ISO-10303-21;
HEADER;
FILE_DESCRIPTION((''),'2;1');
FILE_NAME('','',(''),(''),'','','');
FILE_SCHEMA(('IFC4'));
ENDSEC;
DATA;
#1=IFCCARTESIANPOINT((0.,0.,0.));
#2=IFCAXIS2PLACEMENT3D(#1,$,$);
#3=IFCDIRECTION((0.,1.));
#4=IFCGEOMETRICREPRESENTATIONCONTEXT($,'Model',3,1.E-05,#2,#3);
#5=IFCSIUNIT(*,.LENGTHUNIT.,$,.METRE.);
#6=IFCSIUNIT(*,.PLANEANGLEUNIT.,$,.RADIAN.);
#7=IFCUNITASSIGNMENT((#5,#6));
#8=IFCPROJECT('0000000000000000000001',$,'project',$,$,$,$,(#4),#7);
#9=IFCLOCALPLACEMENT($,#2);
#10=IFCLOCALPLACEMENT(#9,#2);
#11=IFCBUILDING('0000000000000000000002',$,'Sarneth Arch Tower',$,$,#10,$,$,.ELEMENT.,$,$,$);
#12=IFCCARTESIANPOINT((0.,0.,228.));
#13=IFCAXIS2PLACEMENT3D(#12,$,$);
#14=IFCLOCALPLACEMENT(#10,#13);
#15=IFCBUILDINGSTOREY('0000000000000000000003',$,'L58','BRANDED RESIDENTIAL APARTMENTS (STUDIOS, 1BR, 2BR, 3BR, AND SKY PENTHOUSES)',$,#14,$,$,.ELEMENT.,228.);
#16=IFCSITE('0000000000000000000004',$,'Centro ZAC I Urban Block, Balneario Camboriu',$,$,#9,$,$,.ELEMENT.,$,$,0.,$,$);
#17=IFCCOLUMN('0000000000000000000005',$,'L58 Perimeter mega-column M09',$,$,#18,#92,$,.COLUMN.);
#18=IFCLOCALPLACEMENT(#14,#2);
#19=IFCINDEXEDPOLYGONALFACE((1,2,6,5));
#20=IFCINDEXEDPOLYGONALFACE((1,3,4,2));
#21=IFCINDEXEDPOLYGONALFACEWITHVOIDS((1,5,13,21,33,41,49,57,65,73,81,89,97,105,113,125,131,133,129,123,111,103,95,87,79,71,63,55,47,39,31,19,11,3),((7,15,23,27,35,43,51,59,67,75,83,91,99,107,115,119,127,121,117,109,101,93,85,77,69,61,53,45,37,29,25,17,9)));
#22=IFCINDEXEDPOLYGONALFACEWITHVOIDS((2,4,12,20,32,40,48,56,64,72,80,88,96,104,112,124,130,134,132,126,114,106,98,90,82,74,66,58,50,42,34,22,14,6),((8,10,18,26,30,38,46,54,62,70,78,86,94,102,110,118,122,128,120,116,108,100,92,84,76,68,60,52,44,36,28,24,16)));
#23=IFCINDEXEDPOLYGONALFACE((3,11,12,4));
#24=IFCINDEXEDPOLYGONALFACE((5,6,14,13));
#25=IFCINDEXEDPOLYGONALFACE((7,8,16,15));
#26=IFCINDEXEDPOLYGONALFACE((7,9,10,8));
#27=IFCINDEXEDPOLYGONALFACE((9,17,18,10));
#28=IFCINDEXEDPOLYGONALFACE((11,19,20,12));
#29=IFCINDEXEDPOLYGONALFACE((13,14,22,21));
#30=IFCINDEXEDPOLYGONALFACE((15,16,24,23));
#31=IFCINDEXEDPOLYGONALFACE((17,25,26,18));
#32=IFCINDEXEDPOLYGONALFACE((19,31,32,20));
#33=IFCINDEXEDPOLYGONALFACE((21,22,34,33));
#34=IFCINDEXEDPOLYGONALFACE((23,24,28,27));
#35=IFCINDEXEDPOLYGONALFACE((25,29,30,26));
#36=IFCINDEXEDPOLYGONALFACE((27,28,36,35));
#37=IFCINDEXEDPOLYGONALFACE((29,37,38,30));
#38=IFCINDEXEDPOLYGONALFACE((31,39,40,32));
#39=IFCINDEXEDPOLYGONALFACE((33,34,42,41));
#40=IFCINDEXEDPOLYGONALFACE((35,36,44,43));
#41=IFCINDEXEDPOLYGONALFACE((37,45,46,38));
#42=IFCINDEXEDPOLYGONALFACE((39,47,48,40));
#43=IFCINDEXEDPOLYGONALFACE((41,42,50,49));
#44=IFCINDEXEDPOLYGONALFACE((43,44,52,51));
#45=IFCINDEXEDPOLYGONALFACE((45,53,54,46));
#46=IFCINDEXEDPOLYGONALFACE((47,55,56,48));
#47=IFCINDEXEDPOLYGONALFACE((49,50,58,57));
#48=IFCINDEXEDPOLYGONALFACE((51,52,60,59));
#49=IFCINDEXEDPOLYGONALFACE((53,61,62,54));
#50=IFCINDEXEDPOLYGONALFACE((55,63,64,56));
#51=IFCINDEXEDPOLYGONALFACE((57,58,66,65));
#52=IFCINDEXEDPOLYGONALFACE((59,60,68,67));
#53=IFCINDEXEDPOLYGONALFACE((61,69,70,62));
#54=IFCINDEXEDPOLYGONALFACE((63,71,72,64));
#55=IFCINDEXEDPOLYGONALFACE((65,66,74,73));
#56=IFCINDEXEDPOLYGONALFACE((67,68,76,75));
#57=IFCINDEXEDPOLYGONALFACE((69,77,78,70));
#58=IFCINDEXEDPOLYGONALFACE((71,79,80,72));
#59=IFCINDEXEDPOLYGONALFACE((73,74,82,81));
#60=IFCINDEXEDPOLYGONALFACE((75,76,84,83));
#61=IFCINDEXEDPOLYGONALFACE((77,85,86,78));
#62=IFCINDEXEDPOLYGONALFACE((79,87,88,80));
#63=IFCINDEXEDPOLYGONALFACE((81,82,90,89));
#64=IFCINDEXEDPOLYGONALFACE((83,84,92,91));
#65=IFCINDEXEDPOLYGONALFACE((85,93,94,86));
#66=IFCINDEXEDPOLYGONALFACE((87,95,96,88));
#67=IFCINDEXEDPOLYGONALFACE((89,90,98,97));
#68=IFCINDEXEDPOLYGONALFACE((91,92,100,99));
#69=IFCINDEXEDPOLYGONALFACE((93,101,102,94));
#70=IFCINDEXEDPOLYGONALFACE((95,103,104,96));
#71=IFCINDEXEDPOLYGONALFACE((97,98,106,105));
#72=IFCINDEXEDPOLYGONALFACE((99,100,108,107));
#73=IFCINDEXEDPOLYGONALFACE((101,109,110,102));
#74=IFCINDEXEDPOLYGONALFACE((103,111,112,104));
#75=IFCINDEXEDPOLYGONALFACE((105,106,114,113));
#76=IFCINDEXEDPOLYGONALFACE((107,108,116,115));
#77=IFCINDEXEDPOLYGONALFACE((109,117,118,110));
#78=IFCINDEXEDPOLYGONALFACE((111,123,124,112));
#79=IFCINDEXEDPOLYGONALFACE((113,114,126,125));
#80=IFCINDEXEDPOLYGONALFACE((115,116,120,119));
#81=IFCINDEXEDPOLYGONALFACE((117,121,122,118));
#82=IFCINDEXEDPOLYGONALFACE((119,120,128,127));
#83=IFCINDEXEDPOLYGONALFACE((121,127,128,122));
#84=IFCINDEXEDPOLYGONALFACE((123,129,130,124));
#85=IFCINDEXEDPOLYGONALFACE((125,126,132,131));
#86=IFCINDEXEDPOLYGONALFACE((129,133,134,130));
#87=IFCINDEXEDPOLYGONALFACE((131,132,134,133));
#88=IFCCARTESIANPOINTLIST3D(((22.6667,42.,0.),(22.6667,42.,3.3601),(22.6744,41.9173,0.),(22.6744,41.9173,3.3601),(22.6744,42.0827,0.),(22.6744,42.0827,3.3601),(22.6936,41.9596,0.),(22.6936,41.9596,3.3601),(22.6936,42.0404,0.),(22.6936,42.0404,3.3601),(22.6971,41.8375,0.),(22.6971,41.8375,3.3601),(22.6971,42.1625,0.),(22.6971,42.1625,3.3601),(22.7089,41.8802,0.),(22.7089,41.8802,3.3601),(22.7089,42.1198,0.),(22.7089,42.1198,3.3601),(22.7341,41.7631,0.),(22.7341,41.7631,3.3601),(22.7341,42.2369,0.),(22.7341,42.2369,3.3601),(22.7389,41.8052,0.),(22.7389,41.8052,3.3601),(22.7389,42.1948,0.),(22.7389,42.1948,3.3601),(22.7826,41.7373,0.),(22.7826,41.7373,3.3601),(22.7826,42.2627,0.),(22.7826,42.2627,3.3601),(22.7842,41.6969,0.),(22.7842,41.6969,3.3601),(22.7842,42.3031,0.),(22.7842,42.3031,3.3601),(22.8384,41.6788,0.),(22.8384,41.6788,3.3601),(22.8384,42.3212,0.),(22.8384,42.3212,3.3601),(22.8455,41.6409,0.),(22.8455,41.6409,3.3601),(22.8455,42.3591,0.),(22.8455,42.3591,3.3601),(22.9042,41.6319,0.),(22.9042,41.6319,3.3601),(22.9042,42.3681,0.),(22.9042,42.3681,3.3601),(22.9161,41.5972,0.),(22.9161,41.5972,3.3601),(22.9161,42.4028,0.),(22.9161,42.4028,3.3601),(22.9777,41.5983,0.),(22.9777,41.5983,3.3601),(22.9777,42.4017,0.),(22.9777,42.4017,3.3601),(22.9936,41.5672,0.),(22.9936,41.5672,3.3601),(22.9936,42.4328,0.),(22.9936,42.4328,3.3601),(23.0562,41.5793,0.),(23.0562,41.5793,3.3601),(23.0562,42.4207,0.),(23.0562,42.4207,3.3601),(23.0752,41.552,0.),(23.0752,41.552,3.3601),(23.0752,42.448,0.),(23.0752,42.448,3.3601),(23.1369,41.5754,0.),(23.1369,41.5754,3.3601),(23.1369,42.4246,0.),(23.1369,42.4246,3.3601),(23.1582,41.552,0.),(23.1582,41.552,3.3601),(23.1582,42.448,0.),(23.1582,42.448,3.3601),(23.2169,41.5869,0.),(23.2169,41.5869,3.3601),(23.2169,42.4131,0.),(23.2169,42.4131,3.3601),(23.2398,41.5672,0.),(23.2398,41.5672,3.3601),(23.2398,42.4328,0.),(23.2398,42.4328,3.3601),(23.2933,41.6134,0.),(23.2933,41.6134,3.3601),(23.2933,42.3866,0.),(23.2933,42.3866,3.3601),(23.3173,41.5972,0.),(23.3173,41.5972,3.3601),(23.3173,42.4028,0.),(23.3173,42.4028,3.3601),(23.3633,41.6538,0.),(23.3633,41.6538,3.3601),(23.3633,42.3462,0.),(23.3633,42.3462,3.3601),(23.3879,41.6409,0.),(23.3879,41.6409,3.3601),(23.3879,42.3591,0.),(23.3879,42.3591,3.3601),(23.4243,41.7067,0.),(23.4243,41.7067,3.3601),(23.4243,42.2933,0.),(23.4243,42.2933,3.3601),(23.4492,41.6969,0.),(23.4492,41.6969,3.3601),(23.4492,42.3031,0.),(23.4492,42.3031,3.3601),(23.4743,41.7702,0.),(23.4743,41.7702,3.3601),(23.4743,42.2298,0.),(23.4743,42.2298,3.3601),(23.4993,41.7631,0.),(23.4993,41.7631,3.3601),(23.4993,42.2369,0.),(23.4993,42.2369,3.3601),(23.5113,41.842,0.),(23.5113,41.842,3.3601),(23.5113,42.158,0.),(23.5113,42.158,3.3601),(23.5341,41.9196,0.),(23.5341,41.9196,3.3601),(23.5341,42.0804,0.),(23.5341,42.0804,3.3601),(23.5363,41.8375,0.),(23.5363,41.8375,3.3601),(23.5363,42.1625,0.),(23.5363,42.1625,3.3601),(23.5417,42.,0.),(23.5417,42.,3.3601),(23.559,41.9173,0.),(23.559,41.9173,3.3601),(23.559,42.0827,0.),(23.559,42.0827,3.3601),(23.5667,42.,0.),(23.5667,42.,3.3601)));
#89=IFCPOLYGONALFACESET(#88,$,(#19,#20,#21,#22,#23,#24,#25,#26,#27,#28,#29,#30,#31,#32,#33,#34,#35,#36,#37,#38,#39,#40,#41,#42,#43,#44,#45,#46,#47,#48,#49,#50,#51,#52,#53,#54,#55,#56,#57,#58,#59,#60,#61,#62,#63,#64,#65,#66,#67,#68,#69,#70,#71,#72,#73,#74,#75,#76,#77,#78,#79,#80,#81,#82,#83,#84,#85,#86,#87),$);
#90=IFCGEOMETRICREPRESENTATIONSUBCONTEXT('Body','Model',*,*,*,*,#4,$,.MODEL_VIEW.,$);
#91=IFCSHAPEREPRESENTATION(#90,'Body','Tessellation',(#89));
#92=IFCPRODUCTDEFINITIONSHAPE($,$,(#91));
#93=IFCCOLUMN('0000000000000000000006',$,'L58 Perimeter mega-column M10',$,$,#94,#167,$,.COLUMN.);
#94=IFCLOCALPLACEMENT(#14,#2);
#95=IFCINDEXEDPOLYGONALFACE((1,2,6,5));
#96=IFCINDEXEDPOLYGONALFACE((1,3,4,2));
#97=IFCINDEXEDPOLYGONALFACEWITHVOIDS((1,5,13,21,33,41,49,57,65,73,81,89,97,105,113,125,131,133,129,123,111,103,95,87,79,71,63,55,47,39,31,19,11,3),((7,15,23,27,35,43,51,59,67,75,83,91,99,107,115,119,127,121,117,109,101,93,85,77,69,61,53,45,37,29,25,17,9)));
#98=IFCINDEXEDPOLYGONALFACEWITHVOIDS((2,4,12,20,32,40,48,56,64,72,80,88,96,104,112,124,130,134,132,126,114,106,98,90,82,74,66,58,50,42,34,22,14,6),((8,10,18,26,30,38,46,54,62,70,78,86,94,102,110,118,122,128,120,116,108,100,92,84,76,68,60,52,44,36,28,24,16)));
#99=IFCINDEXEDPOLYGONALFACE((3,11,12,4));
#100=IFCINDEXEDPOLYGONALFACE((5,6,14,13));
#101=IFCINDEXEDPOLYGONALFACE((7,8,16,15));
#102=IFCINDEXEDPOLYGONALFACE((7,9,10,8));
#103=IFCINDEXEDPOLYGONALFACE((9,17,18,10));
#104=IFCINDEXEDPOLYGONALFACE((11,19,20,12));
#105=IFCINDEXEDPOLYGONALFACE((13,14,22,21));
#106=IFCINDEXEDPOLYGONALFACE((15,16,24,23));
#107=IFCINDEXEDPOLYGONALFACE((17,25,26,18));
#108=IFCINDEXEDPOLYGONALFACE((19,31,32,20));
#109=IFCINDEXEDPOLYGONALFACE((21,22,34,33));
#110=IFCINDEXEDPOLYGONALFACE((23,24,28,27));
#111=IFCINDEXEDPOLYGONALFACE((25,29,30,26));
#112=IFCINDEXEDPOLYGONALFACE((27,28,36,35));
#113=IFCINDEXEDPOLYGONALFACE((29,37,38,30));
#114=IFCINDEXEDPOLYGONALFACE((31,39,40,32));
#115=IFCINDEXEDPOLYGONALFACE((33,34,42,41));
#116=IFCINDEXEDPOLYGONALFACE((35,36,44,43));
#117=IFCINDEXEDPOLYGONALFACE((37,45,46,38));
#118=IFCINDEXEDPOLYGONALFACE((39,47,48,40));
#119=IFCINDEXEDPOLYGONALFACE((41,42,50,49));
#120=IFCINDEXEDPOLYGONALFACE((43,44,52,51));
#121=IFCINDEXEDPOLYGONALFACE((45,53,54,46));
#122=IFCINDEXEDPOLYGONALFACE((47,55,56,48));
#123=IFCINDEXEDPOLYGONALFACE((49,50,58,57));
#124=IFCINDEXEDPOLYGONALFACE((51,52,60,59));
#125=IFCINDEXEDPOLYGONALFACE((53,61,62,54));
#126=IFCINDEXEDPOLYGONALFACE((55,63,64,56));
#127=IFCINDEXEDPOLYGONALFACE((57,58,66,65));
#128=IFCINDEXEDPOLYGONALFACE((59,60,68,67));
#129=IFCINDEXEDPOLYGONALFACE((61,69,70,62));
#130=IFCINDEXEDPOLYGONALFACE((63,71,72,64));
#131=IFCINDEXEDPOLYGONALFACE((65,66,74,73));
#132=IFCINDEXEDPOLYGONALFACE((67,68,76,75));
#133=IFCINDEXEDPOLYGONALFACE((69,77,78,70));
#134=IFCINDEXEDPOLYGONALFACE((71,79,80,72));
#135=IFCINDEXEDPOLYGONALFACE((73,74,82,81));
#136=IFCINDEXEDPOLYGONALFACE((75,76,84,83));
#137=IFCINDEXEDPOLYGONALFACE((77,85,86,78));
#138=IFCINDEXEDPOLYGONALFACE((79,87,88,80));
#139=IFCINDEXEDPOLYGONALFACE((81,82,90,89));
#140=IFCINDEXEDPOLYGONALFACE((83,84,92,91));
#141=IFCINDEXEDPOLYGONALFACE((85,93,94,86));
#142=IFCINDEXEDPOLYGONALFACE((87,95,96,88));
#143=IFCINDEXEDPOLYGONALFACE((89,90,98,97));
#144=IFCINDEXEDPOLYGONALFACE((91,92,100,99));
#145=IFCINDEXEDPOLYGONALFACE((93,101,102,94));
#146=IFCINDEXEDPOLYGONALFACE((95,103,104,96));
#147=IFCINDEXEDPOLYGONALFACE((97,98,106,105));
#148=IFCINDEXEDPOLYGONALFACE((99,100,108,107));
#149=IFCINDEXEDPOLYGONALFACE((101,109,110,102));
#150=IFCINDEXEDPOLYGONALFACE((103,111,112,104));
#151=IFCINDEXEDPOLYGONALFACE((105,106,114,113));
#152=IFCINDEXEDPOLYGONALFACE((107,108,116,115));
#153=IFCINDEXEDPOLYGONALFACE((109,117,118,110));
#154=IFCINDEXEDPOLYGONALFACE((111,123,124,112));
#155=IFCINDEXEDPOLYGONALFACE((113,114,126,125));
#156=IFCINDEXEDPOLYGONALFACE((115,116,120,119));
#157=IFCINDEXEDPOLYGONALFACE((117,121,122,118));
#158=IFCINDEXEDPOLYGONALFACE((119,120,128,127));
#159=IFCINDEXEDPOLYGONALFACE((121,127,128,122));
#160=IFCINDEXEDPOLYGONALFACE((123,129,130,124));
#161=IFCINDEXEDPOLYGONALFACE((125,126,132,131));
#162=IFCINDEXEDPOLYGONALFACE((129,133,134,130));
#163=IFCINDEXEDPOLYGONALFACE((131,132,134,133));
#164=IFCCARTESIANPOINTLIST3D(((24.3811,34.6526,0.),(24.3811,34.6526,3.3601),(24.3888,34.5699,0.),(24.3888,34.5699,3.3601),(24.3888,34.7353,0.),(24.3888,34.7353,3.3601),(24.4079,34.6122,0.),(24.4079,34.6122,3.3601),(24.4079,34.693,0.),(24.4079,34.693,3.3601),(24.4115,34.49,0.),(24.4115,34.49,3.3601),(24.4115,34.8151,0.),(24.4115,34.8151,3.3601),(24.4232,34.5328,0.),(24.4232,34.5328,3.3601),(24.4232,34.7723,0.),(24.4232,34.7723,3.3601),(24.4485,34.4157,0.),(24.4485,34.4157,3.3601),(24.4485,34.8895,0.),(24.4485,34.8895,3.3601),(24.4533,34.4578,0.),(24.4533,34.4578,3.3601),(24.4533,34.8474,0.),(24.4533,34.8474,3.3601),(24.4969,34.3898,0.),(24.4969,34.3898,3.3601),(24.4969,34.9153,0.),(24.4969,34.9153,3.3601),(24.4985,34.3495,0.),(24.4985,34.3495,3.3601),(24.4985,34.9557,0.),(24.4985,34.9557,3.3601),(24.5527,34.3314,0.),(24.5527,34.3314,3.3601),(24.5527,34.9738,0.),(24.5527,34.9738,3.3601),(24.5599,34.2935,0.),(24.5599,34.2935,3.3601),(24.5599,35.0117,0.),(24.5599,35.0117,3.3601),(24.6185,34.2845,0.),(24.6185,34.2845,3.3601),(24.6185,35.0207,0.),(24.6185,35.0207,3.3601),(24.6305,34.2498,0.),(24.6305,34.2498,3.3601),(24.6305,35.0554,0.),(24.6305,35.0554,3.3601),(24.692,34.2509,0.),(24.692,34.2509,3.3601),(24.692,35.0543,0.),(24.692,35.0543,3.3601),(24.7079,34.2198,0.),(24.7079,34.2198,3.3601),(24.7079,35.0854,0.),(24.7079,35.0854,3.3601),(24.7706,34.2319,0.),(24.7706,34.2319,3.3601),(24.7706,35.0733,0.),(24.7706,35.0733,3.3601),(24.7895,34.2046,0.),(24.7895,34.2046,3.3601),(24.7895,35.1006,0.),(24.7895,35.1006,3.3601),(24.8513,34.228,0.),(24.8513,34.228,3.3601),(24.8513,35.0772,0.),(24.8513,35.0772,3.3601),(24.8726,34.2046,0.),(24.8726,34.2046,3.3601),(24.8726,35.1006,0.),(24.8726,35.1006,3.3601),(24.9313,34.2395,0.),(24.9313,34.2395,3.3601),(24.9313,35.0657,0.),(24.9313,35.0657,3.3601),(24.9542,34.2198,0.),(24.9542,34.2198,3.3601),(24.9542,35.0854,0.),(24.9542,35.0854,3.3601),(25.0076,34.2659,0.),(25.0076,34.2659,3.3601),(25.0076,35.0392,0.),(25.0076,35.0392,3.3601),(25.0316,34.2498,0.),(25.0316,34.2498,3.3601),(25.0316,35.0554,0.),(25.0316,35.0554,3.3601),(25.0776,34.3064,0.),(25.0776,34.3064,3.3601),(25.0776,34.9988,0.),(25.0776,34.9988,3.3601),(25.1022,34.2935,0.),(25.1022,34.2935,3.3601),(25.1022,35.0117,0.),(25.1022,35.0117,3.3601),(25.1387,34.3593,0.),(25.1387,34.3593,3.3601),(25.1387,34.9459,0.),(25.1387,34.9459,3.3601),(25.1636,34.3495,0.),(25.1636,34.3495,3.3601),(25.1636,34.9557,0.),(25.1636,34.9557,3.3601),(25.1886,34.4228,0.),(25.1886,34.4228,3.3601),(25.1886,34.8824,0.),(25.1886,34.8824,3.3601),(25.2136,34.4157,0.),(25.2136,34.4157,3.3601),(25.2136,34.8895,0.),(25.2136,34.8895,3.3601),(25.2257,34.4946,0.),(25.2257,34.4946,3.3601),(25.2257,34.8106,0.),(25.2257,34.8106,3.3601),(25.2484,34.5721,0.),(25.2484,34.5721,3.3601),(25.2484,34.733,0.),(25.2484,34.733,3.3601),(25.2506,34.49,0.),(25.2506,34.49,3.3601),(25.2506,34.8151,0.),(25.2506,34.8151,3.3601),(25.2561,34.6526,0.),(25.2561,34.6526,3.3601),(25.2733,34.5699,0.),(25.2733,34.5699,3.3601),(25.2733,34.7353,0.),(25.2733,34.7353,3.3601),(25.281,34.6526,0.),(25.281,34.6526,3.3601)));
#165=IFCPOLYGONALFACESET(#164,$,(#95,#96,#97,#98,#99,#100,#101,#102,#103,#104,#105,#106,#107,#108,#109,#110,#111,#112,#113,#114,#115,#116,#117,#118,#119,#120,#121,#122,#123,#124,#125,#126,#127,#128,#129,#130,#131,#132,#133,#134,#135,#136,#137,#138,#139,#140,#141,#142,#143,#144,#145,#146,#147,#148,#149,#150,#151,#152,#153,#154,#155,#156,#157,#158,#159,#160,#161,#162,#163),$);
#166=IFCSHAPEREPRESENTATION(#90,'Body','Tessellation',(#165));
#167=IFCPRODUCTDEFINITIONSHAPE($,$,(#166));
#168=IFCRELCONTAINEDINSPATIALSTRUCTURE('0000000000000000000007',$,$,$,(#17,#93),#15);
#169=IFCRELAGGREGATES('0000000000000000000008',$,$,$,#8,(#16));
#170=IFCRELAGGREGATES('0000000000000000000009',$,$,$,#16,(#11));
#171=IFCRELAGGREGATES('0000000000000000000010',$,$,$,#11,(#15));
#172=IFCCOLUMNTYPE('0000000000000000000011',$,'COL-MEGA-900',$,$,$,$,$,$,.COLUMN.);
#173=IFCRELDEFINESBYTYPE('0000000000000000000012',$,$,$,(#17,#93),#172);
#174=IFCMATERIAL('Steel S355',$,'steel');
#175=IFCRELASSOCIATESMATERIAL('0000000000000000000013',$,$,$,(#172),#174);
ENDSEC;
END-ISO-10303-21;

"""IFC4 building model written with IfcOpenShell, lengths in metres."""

from ifc_helpers import new_model, si_unit, direction, frame, origin, origin_2d, place, context, subcontext, project, spatial, hollow_circle, extrude, material, material_profile, profile_set, type_object, element, save


model = new_model("IFC4")

# Units and contexts
model_context = context("Model", 3, precision=1e-05, world=origin(), true_north=direction((0.0, 1.0)))
body_context = subcontext(model_context, "Body", "Model", "MODEL_VIEW")
ifc_project = project(units=[si_unit("LENGTHUNIT", "METRE"), si_unit("PLANEANGLEUNIT", "RADIAN")], contexts=[model_context])

# Site, building, storey
site_placement = place(None, origin())
site = spatial("IfcSite", under=ifc_project, at=site_placement, Name="Centro ZAC I Urban Block, Balneario Camboriu", CompositionType="ELEMENT", RefElevation=0.0)
building_placement = place(site_placement, origin())
building = spatial("IfcBuilding", under=site, at=building_placement, Name="Sarneth Arch Tower", CompositionType="ELEMENT")
storey_placement = place(building_placement, frame((0.0, 0.0, 228.0)))
storey = spatial("IfcBuildingStorey", under=building, at=storey_placement, Name="L58", Description="BRANDED RESIDENTIAL APARTMENTS (STUDIOS, 1BR, 2BR, 3BR, AND SKY PENTHOUSES)", CompositionType="ELEMENT", Elevation=228.0)

# Columns
ifc_material_1 = material(Name="Steel S355", Category="steel")
ifc_material_profile_1 = material_profile(ifc_material_1, hollow_circle(Radius=0.45, WallThickness=0.0249, at=origin_2d()), Name="CHS900x25")
ifc_profile_set_1 = profile_set([ifc_material_profile_1], Name="Steel S355")
column_type = type_object("IfcColumnType", Name="COL-MEGA-900", PredefinedType="COLUMN", material=ifc_profile_set_1)
for number, where, z_axis, x_axis, name in (
    (1, (23.1167, 42.0, 0.0), (0.0, 0.0, 1.0), (1.0, 0.0, 0.0), "L58 Perimeter mega-column M09"),
    (2, (24.8311, 34.6526, 0.0), (0.0, 0.0, 1.0), (1.0, 0.0, 0.0), "L58 Perimeter mega-column M10"),
):
    element("IfcColumn", number, at=place(storey_placement, frame(where, z_axis=z_axis, x_axis=x_axis)), inside=storey, type_object=column_type, Name=name, PredefinedType="COLUMN", context=body_context, shape_type="SweptSolid", body=[
        extrude(hollow_circle(Radius=0.45, WallThickness=0.0249, at=origin_2d()), origin(), (0.0, 0.0, 1.0), 3.3601),
    ])

save(model, "model.ifc")
